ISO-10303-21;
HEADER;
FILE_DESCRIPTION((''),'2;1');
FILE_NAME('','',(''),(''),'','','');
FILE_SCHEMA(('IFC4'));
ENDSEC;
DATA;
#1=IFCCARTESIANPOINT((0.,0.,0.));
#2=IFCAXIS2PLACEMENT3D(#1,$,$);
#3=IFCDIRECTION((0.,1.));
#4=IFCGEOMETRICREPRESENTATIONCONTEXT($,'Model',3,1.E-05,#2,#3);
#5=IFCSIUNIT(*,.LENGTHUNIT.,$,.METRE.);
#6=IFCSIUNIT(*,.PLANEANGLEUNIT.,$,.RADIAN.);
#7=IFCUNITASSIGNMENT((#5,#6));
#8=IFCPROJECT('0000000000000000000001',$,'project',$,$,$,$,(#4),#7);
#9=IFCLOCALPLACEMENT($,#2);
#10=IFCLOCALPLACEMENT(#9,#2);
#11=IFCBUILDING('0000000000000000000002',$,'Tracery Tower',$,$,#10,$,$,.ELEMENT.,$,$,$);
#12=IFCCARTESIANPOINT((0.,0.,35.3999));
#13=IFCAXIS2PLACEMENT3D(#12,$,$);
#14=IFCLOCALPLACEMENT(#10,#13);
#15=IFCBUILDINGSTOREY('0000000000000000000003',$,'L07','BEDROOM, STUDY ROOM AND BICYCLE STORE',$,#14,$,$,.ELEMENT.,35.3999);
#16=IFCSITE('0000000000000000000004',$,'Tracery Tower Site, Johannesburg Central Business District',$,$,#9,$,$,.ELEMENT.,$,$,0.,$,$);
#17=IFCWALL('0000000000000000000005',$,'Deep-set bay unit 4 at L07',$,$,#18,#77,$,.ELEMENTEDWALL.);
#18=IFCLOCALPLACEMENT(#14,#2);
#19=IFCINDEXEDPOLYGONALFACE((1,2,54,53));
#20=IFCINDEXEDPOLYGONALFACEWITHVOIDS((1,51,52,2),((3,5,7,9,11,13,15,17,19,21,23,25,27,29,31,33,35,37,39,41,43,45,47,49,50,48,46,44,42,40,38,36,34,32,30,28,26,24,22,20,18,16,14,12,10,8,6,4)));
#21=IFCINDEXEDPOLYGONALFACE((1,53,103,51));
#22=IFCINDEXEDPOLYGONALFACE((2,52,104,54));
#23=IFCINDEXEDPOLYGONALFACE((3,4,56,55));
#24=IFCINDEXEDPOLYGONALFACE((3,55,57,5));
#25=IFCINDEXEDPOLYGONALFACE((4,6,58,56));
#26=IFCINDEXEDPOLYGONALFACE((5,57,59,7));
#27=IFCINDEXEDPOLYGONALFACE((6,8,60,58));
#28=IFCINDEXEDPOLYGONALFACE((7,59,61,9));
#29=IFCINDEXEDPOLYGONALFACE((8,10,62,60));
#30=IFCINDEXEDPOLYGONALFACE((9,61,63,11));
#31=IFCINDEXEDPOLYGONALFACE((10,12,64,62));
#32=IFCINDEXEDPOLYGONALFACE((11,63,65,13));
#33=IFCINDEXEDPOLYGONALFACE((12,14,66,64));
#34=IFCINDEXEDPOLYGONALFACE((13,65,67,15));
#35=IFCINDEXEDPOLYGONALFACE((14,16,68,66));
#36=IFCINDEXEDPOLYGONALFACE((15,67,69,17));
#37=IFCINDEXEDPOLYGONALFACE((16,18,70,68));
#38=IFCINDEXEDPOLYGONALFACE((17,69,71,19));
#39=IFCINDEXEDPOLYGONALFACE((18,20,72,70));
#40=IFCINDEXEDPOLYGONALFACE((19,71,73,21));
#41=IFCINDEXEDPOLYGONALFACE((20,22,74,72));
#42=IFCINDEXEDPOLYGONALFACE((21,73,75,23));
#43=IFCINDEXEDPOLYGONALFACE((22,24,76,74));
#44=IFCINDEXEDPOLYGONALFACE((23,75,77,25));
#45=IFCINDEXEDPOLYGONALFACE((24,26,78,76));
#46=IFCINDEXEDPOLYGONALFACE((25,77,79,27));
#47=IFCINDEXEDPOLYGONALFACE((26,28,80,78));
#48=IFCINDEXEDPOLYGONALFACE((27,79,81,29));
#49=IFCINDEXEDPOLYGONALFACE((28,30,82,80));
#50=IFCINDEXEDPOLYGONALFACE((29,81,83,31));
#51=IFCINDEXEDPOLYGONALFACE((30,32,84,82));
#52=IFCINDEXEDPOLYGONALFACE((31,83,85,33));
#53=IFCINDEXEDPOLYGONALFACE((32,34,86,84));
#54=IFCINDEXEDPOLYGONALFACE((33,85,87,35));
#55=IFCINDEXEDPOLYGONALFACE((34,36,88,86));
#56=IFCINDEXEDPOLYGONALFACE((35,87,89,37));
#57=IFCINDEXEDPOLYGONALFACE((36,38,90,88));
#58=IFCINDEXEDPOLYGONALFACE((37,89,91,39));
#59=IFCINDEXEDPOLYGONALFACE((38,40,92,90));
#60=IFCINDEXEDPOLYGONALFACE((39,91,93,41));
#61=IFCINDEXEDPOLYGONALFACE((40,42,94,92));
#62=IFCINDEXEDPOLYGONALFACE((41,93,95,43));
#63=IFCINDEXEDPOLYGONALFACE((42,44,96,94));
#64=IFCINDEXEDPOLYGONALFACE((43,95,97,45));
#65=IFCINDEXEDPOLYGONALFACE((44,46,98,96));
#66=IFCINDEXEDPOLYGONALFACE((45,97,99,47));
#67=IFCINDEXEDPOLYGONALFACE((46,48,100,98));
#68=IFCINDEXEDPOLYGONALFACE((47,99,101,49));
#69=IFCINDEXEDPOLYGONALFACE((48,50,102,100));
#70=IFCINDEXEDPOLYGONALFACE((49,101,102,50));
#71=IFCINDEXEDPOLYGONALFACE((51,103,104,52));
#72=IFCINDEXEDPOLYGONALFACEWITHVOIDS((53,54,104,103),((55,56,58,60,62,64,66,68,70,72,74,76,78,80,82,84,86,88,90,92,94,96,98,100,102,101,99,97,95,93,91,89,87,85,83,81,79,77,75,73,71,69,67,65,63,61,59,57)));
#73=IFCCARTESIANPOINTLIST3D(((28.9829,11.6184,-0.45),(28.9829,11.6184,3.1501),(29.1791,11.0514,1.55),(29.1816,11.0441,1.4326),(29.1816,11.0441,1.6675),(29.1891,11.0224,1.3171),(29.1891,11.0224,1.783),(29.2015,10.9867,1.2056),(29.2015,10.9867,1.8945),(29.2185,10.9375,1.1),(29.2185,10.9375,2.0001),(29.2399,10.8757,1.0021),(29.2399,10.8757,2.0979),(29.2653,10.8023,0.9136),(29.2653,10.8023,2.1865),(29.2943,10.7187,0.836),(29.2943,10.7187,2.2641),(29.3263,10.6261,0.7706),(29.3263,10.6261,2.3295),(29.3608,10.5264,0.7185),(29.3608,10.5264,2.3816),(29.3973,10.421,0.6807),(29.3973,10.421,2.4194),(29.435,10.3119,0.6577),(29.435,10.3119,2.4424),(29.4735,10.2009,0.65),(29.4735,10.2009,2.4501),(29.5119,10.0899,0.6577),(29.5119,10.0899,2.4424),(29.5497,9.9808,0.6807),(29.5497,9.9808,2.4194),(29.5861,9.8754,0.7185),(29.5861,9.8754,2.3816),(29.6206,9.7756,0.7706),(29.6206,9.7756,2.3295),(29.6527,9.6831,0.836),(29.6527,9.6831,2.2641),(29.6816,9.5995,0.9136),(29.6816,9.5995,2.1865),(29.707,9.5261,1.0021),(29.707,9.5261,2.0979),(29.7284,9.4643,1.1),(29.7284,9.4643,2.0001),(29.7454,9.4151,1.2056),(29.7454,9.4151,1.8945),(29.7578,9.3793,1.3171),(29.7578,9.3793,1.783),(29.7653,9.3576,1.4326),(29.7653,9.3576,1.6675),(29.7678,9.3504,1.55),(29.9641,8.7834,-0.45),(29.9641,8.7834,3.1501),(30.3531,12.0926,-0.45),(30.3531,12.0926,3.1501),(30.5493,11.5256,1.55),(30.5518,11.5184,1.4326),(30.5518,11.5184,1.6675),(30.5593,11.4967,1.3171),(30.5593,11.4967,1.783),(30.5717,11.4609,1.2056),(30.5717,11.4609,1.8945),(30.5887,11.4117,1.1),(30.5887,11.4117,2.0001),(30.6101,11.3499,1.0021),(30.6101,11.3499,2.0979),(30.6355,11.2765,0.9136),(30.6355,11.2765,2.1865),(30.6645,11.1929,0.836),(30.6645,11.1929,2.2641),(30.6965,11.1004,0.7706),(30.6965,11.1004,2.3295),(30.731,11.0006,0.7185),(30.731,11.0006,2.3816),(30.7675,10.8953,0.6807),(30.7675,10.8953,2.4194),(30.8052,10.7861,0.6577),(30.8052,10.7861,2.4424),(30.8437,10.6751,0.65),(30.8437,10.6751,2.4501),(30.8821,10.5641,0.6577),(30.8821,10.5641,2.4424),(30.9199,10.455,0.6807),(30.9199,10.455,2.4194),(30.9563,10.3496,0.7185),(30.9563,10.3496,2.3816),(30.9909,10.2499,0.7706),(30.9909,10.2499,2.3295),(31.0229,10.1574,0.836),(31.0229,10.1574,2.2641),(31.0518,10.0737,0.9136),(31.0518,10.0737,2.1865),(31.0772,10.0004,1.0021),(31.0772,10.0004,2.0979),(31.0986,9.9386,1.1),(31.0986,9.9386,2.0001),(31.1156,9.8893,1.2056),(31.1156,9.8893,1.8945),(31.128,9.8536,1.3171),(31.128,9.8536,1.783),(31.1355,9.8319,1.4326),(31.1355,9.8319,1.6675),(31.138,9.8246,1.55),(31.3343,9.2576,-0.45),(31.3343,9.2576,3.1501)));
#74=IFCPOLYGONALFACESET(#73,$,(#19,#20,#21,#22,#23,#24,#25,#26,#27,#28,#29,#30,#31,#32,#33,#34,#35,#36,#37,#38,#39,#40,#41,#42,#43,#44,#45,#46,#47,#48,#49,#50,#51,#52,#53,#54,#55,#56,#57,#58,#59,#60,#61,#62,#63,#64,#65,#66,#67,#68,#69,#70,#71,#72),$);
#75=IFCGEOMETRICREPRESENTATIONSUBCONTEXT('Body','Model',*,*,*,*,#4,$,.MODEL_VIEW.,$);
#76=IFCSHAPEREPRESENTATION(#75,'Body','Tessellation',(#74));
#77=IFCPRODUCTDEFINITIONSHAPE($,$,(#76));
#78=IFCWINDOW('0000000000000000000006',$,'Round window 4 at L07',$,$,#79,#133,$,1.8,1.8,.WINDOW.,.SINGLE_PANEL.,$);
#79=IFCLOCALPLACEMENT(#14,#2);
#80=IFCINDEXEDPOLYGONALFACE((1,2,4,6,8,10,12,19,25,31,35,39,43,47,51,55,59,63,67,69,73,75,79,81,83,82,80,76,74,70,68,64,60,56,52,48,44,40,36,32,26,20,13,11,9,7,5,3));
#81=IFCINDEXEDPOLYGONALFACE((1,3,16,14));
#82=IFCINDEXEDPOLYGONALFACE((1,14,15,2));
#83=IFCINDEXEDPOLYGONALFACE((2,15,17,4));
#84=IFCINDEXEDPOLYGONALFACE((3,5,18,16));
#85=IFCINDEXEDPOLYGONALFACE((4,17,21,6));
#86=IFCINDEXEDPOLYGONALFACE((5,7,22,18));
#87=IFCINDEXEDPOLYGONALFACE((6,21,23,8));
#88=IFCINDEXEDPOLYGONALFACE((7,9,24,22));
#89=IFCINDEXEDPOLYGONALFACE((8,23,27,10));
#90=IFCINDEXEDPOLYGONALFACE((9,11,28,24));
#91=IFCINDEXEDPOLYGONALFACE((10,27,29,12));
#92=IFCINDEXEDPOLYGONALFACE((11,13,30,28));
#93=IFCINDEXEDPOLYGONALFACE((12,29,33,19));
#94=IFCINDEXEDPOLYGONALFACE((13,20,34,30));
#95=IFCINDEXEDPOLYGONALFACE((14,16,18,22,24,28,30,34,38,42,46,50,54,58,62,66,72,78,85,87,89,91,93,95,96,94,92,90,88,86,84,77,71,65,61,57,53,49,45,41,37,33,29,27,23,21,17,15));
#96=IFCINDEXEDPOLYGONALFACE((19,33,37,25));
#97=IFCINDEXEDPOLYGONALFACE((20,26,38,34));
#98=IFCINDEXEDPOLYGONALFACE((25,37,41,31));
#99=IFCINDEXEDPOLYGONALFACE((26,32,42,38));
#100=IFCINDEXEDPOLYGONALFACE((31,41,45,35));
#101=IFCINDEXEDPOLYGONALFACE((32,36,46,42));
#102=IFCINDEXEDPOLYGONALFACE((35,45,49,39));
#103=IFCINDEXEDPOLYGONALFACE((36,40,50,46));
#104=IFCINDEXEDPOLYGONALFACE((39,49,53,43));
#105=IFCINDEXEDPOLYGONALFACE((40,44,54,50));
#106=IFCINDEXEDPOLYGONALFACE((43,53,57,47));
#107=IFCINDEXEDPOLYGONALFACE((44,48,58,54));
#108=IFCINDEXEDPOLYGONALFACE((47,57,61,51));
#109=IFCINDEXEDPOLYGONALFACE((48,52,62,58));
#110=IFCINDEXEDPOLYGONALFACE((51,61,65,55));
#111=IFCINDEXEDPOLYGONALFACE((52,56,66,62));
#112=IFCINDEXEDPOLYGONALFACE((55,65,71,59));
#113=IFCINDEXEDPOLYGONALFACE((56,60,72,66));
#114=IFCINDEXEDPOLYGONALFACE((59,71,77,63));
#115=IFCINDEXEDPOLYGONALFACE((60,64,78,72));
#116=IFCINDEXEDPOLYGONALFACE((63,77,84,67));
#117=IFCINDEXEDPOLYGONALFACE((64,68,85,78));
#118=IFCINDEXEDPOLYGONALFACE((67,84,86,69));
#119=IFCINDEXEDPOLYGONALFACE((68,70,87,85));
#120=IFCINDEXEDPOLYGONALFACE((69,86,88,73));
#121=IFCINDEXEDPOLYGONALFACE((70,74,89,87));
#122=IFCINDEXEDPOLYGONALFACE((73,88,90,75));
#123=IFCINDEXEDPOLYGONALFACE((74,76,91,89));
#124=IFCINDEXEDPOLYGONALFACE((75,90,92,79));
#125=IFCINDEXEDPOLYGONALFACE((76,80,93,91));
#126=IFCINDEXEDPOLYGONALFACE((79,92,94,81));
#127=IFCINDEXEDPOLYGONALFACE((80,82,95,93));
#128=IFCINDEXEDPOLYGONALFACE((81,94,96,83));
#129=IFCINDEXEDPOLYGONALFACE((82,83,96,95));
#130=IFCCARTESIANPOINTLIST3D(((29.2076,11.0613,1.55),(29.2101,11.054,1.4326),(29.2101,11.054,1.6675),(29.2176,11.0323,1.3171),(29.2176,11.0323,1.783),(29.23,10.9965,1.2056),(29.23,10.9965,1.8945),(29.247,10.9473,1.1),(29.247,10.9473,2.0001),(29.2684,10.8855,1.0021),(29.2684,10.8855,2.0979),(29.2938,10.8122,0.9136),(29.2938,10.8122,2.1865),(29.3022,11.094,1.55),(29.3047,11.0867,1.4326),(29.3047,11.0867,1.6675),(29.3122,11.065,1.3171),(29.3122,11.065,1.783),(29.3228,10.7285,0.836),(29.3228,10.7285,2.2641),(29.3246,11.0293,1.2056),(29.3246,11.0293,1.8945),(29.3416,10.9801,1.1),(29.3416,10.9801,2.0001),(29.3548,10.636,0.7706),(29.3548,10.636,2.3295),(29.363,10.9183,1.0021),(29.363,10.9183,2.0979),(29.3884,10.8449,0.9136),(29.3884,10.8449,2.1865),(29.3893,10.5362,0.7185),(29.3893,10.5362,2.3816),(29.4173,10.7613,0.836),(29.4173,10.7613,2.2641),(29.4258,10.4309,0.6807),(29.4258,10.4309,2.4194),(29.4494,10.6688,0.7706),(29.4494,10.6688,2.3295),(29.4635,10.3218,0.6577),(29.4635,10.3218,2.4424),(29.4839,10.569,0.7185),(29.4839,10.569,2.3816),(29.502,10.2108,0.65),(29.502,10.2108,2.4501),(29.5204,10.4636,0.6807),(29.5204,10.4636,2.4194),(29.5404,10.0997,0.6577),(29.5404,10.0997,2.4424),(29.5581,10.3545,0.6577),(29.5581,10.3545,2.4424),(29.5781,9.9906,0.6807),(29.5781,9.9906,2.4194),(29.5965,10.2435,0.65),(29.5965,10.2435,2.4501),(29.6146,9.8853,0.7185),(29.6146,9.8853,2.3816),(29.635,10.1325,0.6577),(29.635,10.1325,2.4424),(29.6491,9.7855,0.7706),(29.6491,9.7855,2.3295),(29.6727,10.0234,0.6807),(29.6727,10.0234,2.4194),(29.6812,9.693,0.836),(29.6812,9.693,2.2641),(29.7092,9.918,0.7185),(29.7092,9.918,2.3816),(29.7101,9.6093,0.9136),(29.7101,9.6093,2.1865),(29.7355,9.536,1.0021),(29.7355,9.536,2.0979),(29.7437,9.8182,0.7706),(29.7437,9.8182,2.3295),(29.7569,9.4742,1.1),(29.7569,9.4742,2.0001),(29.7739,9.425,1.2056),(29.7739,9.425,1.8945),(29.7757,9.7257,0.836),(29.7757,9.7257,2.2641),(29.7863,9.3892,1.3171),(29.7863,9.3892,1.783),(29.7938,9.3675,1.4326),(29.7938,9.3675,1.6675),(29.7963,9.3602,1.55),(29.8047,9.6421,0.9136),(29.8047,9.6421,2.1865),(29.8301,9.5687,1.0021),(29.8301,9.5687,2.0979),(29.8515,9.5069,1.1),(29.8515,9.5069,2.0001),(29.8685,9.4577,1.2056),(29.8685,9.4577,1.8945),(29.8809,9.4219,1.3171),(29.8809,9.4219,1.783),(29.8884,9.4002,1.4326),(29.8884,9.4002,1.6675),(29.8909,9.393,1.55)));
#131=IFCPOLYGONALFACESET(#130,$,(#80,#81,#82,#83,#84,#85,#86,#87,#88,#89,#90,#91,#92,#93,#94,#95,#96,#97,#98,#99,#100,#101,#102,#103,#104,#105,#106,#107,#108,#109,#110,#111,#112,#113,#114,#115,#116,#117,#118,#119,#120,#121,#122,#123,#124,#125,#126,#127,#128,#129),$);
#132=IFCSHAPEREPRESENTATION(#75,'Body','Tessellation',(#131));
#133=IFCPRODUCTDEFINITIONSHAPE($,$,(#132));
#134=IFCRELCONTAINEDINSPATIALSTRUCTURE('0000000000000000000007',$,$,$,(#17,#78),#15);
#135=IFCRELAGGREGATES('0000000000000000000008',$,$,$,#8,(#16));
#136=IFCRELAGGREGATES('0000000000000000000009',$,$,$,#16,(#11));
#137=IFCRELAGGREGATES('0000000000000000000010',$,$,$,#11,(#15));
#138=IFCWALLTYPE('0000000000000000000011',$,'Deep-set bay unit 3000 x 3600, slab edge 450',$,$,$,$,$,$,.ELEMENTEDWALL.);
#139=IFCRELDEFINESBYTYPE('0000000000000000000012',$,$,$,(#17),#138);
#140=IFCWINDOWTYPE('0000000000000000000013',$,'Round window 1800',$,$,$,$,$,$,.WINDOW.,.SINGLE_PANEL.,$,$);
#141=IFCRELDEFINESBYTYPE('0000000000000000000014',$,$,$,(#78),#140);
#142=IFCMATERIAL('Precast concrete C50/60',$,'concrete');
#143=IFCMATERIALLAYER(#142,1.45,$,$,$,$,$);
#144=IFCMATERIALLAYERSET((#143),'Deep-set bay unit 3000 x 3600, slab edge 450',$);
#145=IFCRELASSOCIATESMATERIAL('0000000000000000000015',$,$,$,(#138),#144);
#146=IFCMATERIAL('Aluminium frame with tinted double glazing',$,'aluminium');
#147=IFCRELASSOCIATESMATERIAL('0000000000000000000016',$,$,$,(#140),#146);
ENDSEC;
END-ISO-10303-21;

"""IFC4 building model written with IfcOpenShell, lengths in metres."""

from ifc_helpers import new_model, si_unit, direction, frame, frame_2d, origin, origin_2d, place, context, subcontext, project, spatial, rectangle, circle, extrude, material, layer, layer_set, type_object, element, fill, save


model = new_model("IFC4")

# Units and contexts
model_context = context("Model", 3, precision=1e-05, world=origin(), true_north=direction((0.0, 1.0)))
body_context = subcontext(model_context, "Body", "Model", "MODEL_VIEW")
ifc_project = project(units=[si_unit("LENGTHUNIT", "METRE"), si_unit("PLANEANGLEUNIT", "RADIAN")], contexts=[model_context])

# Site, building, storey
site_placement = place(None, origin())
site = spatial("IfcSite", under=ifc_project, at=site_placement, Name="Tracery Tower Site, Johannesburg Central Business District", CompositionType="ELEMENT", RefElevation=0.0)
building_placement = place(site_placement, origin())
building = spatial("IfcBuilding", under=site, at=building_placement, Name="Tracery Tower", CompositionType="ELEMENT")
storey_placement = place(building_placement, frame((0.0, 0.0, 35.3999)))
storey = spatial("IfcBuildingStorey", under=building, at=storey_placement, Name="L07", Description="BEDROOM, STUDY ROOM AND BICYCLE STORE", CompositionType="ELEMENT", Elevation=35.3999)

# Wall, opening, window
ifc_material_1 = material(Name="Precast concrete C50/60", Category="concrete")
ifc_layer_1 = layer(ifc_material_1, 1.45)
ifc_layer_set_1 = layer_set([ifc_layer_1], Name="Deep-set bay unit 3000 x 3600, slab edge 450")
wall_type_1 = type_object("IfcWallType", Name="Deep-set bay unit 3000 x 3600, slab edge 450", PredefinedType="ELEMENTEDWALL", material=ifc_layer_set_1)
ifc_material_2 = material(Name="Aluminium frame with tinted double glazing", Category="aluminium")
window_type = type_object("IfcWindowType", Name="Round window 1800", PartitioningType="SINGLE_PANEL", PredefinedType="WINDOW", material=ifc_material_2)
wall_1_placement = place(storey_placement, frame((30.6492, 9.0205, -0.45), z_axis=(0.0, 0.0, 1.0), x_axis=(-0.327071, 0.945, 0.0)))
wall_1 = element("IfcWall", 1, at=wall_1_placement, inside=storey, type_object=wall_type_1, Name="Deep-set bay unit 4 at L07", PredefinedType="ELEMENTEDWALL", context=body_context, shape_type="SweptSolid", body=[
    extrude(rectangle(XDim=3.0, YDim=1.45, at=frame_2d((1.5, 0.0))), origin(), (0.0, 0.0, 1.0), 3.6001),
])
opening_1_placement = place(wall_1_placement, frame((1.5, 0.0, 2.0)))
opening_1 = element("IfcOpeningElement", 2, at=opening_1_placement, cuts=wall_1, PredefinedType="OPENING", context=body_context, shape_type="SweptSolid", body=[
    extrude(circle(Radius=0.9, at=origin_2d()), frame((0.0, 0.7349, 0.0), z_axis=(0.0, -1.0, 0.0), x_axis=(1.0, 0.0, 0.0)), (0.0, 0.0, 1.0), 1.47),
])
window_1_placement = place(opening_1_placement, origin())
window_1 = element("IfcWindow", 3, at=window_1_placement, inside=storey, type_object=window_type, Name="Round window 4 at L07", OverallHeight=1.8, OverallWidth=1.8, PartitioningType="SINGLE_PANEL", PredefinedType="WINDOW", context=body_context, shape_type="SweptSolid", body=[
    extrude(circle(Radius=0.9, at=origin_2d()), frame((0.0, 0.6948, 0.0), z_axis=(0.0, -1.0, 0.0), x_axis=(1.0, 0.0, 0.0)), (0.0, 0.0, 1.0), 0.1001),
])
fill(opening_1, window_1)

save(model, "model.ifc")
